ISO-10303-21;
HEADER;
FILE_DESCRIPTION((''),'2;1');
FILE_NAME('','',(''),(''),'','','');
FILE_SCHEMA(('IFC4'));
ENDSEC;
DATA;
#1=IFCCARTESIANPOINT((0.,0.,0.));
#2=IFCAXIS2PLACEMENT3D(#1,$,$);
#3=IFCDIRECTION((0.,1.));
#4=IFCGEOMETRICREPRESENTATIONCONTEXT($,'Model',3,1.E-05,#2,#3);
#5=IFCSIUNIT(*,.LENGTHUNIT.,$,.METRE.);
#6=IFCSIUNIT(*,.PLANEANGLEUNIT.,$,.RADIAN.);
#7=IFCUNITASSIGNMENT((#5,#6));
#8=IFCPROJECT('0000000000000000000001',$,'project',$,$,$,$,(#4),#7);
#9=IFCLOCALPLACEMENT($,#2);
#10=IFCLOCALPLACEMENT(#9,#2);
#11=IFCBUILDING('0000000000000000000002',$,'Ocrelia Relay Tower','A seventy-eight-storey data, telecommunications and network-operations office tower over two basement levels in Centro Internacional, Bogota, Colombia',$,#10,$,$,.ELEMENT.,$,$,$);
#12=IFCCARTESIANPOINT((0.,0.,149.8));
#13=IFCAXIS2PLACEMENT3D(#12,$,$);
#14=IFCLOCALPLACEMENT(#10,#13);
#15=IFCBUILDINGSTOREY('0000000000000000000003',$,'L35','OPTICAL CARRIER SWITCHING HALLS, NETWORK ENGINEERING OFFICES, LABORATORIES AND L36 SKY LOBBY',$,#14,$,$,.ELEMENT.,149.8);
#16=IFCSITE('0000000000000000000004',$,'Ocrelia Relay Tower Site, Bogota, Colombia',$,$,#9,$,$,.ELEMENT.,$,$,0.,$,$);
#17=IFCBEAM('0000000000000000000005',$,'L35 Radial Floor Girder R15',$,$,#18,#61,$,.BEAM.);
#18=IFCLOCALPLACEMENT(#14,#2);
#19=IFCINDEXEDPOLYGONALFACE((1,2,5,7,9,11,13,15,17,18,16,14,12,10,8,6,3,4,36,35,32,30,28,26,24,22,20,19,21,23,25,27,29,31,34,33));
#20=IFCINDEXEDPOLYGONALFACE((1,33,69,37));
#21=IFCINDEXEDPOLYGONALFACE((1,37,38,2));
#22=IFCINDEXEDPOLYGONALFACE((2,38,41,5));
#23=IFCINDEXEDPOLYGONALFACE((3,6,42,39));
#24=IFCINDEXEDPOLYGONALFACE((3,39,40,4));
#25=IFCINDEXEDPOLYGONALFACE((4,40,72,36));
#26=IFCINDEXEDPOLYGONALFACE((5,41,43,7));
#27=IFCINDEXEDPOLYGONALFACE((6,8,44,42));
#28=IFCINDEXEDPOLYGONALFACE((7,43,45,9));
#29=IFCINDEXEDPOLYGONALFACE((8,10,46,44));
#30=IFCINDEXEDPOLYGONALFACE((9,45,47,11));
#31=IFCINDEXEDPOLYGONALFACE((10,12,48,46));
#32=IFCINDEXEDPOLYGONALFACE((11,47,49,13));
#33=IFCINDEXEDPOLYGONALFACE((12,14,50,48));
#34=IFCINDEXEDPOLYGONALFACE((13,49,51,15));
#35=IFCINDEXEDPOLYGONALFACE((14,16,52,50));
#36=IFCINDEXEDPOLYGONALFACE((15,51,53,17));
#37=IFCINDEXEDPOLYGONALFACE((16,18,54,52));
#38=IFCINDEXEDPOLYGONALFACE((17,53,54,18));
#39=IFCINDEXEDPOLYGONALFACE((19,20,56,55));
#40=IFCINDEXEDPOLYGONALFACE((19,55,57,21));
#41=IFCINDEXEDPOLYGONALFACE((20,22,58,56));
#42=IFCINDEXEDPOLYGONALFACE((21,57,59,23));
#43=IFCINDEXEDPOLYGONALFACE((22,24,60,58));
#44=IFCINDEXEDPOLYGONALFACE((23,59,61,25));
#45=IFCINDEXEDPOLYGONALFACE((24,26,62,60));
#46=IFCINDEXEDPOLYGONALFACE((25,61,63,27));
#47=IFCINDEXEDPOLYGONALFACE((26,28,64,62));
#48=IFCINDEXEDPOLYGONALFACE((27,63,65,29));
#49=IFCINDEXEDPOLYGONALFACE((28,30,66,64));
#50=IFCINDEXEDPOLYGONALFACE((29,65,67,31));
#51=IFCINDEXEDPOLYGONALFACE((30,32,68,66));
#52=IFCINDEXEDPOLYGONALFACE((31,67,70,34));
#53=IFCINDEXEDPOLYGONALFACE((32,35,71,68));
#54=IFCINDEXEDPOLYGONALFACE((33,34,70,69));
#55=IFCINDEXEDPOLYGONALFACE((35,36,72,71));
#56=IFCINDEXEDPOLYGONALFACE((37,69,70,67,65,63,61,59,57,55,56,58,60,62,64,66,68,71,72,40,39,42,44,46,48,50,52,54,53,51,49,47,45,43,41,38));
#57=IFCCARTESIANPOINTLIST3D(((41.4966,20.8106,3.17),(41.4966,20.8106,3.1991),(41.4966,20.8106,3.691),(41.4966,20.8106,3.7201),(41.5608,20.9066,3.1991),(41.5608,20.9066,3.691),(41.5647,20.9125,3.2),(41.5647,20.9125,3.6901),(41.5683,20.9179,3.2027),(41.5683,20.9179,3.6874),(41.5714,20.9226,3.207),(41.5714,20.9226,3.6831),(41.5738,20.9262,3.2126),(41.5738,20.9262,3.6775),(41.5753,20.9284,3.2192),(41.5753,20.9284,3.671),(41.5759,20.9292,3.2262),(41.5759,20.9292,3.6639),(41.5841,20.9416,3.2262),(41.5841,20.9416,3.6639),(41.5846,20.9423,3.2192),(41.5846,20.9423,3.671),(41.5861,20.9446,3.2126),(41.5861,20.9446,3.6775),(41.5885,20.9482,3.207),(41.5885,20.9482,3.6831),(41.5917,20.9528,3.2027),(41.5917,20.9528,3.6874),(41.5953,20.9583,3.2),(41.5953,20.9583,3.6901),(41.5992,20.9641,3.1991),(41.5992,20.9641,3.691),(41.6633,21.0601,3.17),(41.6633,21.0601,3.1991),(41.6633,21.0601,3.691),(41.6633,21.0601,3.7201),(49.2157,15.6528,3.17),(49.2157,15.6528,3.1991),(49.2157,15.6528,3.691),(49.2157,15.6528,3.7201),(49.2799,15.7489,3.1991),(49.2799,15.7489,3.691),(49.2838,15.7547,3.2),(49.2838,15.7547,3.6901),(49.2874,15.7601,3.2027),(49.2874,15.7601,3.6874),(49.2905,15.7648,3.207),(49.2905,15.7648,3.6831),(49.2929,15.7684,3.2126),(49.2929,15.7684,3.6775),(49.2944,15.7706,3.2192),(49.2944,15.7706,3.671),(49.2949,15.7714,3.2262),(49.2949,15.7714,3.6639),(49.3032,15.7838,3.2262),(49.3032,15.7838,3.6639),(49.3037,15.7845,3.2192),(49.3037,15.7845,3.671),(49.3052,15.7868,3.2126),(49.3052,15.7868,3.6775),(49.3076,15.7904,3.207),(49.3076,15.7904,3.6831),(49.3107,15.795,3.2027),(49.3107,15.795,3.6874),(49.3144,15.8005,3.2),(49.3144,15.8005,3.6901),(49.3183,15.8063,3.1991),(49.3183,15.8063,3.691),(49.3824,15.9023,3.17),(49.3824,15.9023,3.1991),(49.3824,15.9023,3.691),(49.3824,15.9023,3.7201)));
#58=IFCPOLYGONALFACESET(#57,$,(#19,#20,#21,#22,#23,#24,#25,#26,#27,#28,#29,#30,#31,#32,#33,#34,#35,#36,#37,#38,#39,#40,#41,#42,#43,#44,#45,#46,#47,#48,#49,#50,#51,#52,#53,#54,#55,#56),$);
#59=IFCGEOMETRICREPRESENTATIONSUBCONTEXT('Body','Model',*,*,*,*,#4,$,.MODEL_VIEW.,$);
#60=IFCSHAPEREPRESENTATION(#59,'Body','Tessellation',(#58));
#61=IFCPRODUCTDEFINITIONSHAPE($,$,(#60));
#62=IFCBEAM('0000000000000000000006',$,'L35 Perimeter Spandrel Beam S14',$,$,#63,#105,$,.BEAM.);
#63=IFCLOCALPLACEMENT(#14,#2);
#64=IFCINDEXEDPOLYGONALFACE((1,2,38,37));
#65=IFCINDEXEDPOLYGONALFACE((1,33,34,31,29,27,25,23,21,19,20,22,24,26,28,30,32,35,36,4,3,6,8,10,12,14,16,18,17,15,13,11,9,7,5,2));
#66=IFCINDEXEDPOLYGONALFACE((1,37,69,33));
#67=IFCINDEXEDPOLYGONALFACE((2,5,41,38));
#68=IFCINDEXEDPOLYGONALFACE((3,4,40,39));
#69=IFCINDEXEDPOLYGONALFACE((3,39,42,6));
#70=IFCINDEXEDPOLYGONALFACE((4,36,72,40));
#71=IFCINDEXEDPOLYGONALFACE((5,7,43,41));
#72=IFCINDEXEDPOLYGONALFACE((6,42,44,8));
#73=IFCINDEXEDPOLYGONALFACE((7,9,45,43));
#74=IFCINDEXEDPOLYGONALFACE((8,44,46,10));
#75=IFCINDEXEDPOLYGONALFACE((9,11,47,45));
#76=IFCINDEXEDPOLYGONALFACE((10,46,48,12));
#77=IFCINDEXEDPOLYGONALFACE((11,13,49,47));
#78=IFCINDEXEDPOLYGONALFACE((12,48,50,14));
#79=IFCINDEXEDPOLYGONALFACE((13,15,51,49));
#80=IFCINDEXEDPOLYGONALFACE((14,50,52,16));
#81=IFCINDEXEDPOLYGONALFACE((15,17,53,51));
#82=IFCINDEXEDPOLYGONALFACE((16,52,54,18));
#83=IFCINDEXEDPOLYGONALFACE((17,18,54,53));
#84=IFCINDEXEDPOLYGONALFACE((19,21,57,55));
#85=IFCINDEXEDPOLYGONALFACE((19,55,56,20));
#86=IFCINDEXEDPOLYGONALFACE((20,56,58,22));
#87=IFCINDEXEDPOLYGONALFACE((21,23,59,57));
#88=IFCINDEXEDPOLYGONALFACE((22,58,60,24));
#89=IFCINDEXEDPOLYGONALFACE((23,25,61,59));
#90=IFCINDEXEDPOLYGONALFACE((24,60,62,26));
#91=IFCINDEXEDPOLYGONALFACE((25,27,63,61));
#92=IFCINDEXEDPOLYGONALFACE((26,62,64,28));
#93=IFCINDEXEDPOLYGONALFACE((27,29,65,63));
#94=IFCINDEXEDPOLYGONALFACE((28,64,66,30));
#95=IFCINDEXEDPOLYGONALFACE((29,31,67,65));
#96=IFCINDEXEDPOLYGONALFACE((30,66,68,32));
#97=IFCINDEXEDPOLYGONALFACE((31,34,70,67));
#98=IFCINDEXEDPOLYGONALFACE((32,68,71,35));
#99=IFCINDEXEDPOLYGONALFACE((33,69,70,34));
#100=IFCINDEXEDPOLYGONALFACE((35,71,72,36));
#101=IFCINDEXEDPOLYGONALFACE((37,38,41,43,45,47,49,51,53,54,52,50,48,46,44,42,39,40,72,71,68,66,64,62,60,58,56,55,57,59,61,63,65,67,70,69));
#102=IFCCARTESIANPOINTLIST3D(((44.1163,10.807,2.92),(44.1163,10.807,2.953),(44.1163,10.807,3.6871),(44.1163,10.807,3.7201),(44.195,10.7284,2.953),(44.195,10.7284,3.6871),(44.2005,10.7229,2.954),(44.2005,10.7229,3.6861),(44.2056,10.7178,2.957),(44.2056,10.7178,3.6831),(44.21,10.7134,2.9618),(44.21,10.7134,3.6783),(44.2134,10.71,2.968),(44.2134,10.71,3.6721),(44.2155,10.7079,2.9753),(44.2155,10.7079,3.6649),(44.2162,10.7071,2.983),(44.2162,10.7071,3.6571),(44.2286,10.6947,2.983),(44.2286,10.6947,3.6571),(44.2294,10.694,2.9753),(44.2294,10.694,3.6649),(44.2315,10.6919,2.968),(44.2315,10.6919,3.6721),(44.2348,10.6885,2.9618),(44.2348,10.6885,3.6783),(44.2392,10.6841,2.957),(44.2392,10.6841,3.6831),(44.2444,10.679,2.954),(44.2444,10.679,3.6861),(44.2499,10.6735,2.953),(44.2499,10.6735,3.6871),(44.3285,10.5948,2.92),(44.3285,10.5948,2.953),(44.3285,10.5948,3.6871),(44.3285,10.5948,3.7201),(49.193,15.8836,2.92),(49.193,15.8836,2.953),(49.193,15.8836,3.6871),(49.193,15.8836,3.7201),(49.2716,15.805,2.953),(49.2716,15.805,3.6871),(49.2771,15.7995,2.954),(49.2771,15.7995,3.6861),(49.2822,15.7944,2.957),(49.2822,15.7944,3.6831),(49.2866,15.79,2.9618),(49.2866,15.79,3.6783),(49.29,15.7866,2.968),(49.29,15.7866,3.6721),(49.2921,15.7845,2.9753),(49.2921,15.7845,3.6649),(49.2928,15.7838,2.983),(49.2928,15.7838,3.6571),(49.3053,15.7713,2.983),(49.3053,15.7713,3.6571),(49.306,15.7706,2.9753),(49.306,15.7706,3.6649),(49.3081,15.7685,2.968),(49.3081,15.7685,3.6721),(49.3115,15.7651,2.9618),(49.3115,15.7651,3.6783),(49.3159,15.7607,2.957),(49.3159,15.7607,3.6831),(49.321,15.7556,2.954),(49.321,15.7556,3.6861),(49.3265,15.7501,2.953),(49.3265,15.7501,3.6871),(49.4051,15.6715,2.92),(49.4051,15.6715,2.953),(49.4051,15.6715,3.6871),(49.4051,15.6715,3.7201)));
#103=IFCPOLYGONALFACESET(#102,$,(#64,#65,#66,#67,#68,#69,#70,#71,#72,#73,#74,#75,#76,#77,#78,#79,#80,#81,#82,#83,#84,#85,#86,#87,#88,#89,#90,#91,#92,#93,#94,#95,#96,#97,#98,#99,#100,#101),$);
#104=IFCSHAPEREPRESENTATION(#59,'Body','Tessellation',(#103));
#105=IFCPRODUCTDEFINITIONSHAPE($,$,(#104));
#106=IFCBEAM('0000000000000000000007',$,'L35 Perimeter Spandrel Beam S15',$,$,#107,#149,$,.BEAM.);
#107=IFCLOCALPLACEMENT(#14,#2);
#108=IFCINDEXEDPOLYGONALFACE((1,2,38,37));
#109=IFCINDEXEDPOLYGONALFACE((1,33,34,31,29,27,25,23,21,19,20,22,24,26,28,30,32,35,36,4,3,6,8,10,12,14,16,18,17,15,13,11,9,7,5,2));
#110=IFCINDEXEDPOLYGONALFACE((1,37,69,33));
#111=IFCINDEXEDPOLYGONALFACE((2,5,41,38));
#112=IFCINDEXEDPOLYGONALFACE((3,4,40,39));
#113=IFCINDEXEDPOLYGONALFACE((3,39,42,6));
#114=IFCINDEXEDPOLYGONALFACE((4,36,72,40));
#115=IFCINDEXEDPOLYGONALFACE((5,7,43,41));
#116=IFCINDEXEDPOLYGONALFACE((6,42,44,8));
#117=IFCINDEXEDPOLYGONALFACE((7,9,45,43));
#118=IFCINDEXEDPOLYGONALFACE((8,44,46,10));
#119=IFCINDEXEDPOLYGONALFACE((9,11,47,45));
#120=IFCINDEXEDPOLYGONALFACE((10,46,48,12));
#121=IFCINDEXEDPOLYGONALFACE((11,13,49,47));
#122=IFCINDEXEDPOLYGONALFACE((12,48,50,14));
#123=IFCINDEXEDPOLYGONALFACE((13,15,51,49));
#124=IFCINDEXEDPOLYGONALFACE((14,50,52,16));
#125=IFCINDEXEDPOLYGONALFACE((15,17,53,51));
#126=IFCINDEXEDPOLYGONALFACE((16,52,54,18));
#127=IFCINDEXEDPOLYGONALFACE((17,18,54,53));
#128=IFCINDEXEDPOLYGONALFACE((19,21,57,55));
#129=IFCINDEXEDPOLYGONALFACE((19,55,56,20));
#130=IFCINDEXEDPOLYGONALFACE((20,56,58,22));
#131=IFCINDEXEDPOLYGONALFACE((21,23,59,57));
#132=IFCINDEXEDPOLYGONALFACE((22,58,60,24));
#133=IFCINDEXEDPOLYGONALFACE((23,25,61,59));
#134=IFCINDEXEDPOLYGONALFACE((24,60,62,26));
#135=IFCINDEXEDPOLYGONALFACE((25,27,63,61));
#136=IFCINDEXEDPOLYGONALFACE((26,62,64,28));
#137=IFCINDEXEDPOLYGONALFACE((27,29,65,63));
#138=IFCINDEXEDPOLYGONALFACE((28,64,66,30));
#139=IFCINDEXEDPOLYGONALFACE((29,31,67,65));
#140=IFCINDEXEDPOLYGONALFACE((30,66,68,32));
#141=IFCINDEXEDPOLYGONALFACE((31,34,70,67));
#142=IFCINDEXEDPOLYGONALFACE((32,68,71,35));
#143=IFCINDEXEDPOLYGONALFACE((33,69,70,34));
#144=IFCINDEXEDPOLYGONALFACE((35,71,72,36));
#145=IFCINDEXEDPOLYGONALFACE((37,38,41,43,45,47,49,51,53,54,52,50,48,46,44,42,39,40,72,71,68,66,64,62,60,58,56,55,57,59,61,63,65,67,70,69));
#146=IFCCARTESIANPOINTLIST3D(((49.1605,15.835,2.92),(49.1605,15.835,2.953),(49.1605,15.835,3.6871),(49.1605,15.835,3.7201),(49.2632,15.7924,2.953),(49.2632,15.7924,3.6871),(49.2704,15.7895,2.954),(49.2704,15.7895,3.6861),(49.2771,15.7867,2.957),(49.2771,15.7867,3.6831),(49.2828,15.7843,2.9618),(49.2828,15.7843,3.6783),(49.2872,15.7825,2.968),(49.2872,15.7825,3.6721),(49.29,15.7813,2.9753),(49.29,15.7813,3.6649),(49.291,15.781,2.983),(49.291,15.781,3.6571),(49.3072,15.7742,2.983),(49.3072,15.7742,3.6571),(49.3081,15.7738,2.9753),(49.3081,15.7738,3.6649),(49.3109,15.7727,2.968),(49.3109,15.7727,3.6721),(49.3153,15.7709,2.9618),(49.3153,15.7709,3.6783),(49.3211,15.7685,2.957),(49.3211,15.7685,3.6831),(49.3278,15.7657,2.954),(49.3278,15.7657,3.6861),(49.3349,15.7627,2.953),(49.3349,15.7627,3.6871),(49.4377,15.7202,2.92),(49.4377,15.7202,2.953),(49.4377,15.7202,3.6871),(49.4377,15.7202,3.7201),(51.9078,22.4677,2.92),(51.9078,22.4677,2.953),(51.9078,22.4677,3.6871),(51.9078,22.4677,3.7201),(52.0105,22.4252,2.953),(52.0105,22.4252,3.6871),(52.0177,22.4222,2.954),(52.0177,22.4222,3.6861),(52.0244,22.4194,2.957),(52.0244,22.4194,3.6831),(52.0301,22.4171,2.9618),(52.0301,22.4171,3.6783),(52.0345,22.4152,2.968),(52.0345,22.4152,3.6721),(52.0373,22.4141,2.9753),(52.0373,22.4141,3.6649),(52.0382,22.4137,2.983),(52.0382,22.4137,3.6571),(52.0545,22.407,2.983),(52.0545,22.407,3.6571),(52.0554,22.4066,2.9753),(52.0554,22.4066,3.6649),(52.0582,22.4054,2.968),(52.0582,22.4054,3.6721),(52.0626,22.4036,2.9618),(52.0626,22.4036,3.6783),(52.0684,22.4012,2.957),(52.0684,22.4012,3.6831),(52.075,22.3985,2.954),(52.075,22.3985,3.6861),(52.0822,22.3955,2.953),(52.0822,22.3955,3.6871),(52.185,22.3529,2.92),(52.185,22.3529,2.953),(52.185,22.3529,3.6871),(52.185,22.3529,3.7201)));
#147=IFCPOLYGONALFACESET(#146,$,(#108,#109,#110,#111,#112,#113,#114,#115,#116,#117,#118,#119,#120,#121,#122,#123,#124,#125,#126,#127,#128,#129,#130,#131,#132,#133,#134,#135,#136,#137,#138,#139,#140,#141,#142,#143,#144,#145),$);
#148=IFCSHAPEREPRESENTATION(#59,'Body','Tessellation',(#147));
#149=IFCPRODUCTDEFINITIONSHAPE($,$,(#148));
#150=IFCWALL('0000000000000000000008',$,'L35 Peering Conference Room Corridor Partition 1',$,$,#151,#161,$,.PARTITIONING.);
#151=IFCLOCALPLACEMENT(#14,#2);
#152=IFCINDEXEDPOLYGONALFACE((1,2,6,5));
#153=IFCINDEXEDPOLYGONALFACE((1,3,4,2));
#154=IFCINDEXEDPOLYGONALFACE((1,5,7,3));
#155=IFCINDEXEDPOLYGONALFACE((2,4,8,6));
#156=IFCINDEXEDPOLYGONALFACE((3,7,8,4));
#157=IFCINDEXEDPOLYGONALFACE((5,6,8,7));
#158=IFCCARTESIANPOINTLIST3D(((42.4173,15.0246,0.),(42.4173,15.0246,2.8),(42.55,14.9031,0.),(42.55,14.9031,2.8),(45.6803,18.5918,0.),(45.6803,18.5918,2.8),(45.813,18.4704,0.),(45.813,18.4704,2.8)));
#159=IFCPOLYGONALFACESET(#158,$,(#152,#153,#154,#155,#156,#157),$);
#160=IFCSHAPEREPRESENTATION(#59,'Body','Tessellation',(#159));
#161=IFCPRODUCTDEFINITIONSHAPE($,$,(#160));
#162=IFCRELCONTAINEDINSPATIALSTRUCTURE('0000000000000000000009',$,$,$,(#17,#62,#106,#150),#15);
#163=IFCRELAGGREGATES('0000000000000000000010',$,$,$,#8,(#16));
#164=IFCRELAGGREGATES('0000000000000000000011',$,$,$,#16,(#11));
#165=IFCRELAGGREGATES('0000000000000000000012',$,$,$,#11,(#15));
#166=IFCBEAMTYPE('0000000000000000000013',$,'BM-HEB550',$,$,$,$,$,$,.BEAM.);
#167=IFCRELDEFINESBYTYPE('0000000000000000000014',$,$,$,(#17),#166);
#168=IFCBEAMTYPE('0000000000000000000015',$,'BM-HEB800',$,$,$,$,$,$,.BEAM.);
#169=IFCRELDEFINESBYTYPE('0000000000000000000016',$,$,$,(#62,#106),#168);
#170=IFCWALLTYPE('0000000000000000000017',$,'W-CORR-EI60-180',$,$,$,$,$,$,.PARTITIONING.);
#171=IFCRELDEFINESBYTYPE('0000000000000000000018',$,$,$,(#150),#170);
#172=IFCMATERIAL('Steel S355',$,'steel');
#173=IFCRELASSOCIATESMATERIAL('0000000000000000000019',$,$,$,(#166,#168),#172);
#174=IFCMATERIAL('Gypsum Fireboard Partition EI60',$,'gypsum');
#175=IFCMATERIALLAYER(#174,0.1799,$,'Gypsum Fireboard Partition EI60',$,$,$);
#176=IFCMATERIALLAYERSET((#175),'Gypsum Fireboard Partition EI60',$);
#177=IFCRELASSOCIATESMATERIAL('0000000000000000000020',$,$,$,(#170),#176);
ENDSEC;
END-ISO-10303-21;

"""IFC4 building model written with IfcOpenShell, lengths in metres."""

from ifc_helpers import new_model, si_unit, direction, frame, frame_2d, origin, origin_2d, place, context, subcontext, project, spatial, rectangle, i_section, extrude, material, layer, layer_set, material_profile, profile_set, type_object, element, save


model = new_model("IFC4")

# Units and contexts
model_context = context("Model", 3, precision=1e-05, world=origin(), true_north=direction((0.0, 1.0)))
body_context = subcontext(model_context, "Body", "Model", "MODEL_VIEW")
ifc_project = project(units=[si_unit("LENGTHUNIT", "METRE"), si_unit("PLANEANGLEUNIT", "RADIAN")], contexts=[model_context])

# Site, building, storey
site_placement = place(None, origin())
site = spatial("IfcSite", under=ifc_project, at=site_placement, Name="Ocrelia Relay Tower Site, Bogota, Colombia", CompositionType="ELEMENT", RefElevation=0.0)
building_placement = place(site_placement, origin())
building = spatial("IfcBuilding", under=site, at=building_placement, Name="Ocrelia Relay Tower", Description="A seventy-eight-storey data, telecommunications and network-operations office tower over two basement levels in Centro Internacional, Bogota, Colombia", CompositionType="ELEMENT")
storey_placement = place(building_placement, frame((0.0, 0.0, 149.8)))
storey = spatial("IfcBuildingStorey", under=building, at=storey_placement, Name="L35", Description="OPTICAL CARRIER SWITCHING HALLS, NETWORK ENGINEERING OFFICES, LABORATORIES AND L36 SKY LOBBY", CompositionType="ELEMENT", Elevation=149.8)

# Beams
ifc_material_1 = material(Name="Steel S355", Category="steel")
ifc_material_profile_1 = material_profile(ifc_material_1, i_section(OverallWidth=0.3, OverallDepth=0.55, WebThickness=0.0149, FlangeThickness=0.0291, FilletRadius=0.0271, at=origin_2d()), Name="HEB 550")
ifc_profile_set_1 = profile_set([ifc_material_profile_1], Name="Steel S355")
beam_type_1 = type_object("IfcBeamType", Name="BM-HEB550", PredefinedType="BEAM", material=ifc_profile_set_1)
beam_1_placement = place(storey_placement, frame((49.2991, 15.7776, 3.4451), z_axis=(-0.831467, 0.555574, 0.0), x_axis=(-0.555574, -0.831467, 0.0)))
element("IfcBeam", 1, at=beam_1_placement, inside=storey, type_object=beam_type_1, Name="L35 Radial Floor Girder R15", PredefinedType="BEAM", context=body_context, shape_type="SweptSolid", body=[
    extrude(i_section(OverallWidth=0.3, OverallDepth=0.55, WebThickness=0.0149, FlangeThickness=0.0291, FilletRadius=0.0271, at=origin_2d()), origin(), (0.0, 0.0, 1.0), 9.2837),
])
ifc_material_profile_2 = material_profile(ifc_material_1, i_section(OverallWidth=0.3, OverallDepth=0.8, WebThickness=0.0176, FlangeThickness=0.033, FilletRadius=0.03, at=origin_2d()), Name="HEB 800")
ifc_profile_set_2 = profile_set([ifc_material_profile_2], Name="Steel S355")
beam_type_2 = type_object("IfcBeamType", Name="BM-HEB800", PredefinedType="BEAM", material=ifc_profile_set_2)
beam_2_placement = place(storey_placement, frame((44.2224, 10.7009, 3.3201), z_axis=(0.707107, 0.707107, 0.0), x_axis=(-0.707107, 0.707107, 0.0)))
element("IfcBeam", 2, at=beam_2_placement, inside=storey, type_object=beam_type_2, Name="L35 Perimeter Spandrel Beam S14", PredefinedType="BEAM", context=body_context, shape_type="SweptSolid", body=[
    extrude(i_section(OverallWidth=0.3, OverallDepth=0.8, WebThickness=0.0176, FlangeThickness=0.033, FilletRadius=0.03, at=origin_2d()), origin(), (0.0, 0.0, 1.0), 7.1794),
])
beam_3_placement = place(storey_placement, frame((49.2991, 15.7776, 3.3201), z_axis=(0.382673, 0.923884, 0.0), x_axis=(-0.923884, 0.382673, 0.0)))
element("IfcBeam", 3, at=beam_3_placement, inside=storey, type_object=beam_type_2, Name="L35 Perimeter Spandrel Beam S15", PredefinedType="BEAM", context=body_context, shape_type="SweptSolid", body=[
    extrude(i_section(OverallWidth=0.3, OverallDepth=0.8, WebThickness=0.0176, FlangeThickness=0.033, FilletRadius=0.03, at=origin_2d()), origin(), (0.0, 0.0, 1.0), 7.1792),
])

# Wall
ifc_material_2 = material(Name="Gypsum Fireboard Partition EI60", Category="gypsum")
ifc_layer_1 = layer(ifc_material_2, 0.1799, Name="Gypsum Fireboard Partition EI60")
ifc_layer_set_1 = layer_set([ifc_layer_1], Name="Gypsum Fireboard Partition EI60")
wall_type_1 = type_object("IfcWallType", Name="W-CORR-EI60-180", PredefinedType="PARTITIONING", material=ifc_layer_set_1)
wall_1_placement = place(storey_placement, frame((42.4836, 14.9639, 0.0), z_axis=(0.0, 0.0, 1.0), x_axis=(0.674944, 0.737869, 0.0)))
element("IfcWall", 4, at=wall_1_placement, inside=storey, type_object=wall_type_1, Name="L35 Peering Conference Room Corridor Partition 1", PredefinedType="PARTITIONING", context=body_context, shape_type="SweptSolid", body=[
    extrude(rectangle(XDim=4.8345, YDim=0.1799, at=frame_2d((2.4172, 0.0))), origin(), (0.0, 0.0, 1.0), 2.8),
])

save(model, "model.ifc")
